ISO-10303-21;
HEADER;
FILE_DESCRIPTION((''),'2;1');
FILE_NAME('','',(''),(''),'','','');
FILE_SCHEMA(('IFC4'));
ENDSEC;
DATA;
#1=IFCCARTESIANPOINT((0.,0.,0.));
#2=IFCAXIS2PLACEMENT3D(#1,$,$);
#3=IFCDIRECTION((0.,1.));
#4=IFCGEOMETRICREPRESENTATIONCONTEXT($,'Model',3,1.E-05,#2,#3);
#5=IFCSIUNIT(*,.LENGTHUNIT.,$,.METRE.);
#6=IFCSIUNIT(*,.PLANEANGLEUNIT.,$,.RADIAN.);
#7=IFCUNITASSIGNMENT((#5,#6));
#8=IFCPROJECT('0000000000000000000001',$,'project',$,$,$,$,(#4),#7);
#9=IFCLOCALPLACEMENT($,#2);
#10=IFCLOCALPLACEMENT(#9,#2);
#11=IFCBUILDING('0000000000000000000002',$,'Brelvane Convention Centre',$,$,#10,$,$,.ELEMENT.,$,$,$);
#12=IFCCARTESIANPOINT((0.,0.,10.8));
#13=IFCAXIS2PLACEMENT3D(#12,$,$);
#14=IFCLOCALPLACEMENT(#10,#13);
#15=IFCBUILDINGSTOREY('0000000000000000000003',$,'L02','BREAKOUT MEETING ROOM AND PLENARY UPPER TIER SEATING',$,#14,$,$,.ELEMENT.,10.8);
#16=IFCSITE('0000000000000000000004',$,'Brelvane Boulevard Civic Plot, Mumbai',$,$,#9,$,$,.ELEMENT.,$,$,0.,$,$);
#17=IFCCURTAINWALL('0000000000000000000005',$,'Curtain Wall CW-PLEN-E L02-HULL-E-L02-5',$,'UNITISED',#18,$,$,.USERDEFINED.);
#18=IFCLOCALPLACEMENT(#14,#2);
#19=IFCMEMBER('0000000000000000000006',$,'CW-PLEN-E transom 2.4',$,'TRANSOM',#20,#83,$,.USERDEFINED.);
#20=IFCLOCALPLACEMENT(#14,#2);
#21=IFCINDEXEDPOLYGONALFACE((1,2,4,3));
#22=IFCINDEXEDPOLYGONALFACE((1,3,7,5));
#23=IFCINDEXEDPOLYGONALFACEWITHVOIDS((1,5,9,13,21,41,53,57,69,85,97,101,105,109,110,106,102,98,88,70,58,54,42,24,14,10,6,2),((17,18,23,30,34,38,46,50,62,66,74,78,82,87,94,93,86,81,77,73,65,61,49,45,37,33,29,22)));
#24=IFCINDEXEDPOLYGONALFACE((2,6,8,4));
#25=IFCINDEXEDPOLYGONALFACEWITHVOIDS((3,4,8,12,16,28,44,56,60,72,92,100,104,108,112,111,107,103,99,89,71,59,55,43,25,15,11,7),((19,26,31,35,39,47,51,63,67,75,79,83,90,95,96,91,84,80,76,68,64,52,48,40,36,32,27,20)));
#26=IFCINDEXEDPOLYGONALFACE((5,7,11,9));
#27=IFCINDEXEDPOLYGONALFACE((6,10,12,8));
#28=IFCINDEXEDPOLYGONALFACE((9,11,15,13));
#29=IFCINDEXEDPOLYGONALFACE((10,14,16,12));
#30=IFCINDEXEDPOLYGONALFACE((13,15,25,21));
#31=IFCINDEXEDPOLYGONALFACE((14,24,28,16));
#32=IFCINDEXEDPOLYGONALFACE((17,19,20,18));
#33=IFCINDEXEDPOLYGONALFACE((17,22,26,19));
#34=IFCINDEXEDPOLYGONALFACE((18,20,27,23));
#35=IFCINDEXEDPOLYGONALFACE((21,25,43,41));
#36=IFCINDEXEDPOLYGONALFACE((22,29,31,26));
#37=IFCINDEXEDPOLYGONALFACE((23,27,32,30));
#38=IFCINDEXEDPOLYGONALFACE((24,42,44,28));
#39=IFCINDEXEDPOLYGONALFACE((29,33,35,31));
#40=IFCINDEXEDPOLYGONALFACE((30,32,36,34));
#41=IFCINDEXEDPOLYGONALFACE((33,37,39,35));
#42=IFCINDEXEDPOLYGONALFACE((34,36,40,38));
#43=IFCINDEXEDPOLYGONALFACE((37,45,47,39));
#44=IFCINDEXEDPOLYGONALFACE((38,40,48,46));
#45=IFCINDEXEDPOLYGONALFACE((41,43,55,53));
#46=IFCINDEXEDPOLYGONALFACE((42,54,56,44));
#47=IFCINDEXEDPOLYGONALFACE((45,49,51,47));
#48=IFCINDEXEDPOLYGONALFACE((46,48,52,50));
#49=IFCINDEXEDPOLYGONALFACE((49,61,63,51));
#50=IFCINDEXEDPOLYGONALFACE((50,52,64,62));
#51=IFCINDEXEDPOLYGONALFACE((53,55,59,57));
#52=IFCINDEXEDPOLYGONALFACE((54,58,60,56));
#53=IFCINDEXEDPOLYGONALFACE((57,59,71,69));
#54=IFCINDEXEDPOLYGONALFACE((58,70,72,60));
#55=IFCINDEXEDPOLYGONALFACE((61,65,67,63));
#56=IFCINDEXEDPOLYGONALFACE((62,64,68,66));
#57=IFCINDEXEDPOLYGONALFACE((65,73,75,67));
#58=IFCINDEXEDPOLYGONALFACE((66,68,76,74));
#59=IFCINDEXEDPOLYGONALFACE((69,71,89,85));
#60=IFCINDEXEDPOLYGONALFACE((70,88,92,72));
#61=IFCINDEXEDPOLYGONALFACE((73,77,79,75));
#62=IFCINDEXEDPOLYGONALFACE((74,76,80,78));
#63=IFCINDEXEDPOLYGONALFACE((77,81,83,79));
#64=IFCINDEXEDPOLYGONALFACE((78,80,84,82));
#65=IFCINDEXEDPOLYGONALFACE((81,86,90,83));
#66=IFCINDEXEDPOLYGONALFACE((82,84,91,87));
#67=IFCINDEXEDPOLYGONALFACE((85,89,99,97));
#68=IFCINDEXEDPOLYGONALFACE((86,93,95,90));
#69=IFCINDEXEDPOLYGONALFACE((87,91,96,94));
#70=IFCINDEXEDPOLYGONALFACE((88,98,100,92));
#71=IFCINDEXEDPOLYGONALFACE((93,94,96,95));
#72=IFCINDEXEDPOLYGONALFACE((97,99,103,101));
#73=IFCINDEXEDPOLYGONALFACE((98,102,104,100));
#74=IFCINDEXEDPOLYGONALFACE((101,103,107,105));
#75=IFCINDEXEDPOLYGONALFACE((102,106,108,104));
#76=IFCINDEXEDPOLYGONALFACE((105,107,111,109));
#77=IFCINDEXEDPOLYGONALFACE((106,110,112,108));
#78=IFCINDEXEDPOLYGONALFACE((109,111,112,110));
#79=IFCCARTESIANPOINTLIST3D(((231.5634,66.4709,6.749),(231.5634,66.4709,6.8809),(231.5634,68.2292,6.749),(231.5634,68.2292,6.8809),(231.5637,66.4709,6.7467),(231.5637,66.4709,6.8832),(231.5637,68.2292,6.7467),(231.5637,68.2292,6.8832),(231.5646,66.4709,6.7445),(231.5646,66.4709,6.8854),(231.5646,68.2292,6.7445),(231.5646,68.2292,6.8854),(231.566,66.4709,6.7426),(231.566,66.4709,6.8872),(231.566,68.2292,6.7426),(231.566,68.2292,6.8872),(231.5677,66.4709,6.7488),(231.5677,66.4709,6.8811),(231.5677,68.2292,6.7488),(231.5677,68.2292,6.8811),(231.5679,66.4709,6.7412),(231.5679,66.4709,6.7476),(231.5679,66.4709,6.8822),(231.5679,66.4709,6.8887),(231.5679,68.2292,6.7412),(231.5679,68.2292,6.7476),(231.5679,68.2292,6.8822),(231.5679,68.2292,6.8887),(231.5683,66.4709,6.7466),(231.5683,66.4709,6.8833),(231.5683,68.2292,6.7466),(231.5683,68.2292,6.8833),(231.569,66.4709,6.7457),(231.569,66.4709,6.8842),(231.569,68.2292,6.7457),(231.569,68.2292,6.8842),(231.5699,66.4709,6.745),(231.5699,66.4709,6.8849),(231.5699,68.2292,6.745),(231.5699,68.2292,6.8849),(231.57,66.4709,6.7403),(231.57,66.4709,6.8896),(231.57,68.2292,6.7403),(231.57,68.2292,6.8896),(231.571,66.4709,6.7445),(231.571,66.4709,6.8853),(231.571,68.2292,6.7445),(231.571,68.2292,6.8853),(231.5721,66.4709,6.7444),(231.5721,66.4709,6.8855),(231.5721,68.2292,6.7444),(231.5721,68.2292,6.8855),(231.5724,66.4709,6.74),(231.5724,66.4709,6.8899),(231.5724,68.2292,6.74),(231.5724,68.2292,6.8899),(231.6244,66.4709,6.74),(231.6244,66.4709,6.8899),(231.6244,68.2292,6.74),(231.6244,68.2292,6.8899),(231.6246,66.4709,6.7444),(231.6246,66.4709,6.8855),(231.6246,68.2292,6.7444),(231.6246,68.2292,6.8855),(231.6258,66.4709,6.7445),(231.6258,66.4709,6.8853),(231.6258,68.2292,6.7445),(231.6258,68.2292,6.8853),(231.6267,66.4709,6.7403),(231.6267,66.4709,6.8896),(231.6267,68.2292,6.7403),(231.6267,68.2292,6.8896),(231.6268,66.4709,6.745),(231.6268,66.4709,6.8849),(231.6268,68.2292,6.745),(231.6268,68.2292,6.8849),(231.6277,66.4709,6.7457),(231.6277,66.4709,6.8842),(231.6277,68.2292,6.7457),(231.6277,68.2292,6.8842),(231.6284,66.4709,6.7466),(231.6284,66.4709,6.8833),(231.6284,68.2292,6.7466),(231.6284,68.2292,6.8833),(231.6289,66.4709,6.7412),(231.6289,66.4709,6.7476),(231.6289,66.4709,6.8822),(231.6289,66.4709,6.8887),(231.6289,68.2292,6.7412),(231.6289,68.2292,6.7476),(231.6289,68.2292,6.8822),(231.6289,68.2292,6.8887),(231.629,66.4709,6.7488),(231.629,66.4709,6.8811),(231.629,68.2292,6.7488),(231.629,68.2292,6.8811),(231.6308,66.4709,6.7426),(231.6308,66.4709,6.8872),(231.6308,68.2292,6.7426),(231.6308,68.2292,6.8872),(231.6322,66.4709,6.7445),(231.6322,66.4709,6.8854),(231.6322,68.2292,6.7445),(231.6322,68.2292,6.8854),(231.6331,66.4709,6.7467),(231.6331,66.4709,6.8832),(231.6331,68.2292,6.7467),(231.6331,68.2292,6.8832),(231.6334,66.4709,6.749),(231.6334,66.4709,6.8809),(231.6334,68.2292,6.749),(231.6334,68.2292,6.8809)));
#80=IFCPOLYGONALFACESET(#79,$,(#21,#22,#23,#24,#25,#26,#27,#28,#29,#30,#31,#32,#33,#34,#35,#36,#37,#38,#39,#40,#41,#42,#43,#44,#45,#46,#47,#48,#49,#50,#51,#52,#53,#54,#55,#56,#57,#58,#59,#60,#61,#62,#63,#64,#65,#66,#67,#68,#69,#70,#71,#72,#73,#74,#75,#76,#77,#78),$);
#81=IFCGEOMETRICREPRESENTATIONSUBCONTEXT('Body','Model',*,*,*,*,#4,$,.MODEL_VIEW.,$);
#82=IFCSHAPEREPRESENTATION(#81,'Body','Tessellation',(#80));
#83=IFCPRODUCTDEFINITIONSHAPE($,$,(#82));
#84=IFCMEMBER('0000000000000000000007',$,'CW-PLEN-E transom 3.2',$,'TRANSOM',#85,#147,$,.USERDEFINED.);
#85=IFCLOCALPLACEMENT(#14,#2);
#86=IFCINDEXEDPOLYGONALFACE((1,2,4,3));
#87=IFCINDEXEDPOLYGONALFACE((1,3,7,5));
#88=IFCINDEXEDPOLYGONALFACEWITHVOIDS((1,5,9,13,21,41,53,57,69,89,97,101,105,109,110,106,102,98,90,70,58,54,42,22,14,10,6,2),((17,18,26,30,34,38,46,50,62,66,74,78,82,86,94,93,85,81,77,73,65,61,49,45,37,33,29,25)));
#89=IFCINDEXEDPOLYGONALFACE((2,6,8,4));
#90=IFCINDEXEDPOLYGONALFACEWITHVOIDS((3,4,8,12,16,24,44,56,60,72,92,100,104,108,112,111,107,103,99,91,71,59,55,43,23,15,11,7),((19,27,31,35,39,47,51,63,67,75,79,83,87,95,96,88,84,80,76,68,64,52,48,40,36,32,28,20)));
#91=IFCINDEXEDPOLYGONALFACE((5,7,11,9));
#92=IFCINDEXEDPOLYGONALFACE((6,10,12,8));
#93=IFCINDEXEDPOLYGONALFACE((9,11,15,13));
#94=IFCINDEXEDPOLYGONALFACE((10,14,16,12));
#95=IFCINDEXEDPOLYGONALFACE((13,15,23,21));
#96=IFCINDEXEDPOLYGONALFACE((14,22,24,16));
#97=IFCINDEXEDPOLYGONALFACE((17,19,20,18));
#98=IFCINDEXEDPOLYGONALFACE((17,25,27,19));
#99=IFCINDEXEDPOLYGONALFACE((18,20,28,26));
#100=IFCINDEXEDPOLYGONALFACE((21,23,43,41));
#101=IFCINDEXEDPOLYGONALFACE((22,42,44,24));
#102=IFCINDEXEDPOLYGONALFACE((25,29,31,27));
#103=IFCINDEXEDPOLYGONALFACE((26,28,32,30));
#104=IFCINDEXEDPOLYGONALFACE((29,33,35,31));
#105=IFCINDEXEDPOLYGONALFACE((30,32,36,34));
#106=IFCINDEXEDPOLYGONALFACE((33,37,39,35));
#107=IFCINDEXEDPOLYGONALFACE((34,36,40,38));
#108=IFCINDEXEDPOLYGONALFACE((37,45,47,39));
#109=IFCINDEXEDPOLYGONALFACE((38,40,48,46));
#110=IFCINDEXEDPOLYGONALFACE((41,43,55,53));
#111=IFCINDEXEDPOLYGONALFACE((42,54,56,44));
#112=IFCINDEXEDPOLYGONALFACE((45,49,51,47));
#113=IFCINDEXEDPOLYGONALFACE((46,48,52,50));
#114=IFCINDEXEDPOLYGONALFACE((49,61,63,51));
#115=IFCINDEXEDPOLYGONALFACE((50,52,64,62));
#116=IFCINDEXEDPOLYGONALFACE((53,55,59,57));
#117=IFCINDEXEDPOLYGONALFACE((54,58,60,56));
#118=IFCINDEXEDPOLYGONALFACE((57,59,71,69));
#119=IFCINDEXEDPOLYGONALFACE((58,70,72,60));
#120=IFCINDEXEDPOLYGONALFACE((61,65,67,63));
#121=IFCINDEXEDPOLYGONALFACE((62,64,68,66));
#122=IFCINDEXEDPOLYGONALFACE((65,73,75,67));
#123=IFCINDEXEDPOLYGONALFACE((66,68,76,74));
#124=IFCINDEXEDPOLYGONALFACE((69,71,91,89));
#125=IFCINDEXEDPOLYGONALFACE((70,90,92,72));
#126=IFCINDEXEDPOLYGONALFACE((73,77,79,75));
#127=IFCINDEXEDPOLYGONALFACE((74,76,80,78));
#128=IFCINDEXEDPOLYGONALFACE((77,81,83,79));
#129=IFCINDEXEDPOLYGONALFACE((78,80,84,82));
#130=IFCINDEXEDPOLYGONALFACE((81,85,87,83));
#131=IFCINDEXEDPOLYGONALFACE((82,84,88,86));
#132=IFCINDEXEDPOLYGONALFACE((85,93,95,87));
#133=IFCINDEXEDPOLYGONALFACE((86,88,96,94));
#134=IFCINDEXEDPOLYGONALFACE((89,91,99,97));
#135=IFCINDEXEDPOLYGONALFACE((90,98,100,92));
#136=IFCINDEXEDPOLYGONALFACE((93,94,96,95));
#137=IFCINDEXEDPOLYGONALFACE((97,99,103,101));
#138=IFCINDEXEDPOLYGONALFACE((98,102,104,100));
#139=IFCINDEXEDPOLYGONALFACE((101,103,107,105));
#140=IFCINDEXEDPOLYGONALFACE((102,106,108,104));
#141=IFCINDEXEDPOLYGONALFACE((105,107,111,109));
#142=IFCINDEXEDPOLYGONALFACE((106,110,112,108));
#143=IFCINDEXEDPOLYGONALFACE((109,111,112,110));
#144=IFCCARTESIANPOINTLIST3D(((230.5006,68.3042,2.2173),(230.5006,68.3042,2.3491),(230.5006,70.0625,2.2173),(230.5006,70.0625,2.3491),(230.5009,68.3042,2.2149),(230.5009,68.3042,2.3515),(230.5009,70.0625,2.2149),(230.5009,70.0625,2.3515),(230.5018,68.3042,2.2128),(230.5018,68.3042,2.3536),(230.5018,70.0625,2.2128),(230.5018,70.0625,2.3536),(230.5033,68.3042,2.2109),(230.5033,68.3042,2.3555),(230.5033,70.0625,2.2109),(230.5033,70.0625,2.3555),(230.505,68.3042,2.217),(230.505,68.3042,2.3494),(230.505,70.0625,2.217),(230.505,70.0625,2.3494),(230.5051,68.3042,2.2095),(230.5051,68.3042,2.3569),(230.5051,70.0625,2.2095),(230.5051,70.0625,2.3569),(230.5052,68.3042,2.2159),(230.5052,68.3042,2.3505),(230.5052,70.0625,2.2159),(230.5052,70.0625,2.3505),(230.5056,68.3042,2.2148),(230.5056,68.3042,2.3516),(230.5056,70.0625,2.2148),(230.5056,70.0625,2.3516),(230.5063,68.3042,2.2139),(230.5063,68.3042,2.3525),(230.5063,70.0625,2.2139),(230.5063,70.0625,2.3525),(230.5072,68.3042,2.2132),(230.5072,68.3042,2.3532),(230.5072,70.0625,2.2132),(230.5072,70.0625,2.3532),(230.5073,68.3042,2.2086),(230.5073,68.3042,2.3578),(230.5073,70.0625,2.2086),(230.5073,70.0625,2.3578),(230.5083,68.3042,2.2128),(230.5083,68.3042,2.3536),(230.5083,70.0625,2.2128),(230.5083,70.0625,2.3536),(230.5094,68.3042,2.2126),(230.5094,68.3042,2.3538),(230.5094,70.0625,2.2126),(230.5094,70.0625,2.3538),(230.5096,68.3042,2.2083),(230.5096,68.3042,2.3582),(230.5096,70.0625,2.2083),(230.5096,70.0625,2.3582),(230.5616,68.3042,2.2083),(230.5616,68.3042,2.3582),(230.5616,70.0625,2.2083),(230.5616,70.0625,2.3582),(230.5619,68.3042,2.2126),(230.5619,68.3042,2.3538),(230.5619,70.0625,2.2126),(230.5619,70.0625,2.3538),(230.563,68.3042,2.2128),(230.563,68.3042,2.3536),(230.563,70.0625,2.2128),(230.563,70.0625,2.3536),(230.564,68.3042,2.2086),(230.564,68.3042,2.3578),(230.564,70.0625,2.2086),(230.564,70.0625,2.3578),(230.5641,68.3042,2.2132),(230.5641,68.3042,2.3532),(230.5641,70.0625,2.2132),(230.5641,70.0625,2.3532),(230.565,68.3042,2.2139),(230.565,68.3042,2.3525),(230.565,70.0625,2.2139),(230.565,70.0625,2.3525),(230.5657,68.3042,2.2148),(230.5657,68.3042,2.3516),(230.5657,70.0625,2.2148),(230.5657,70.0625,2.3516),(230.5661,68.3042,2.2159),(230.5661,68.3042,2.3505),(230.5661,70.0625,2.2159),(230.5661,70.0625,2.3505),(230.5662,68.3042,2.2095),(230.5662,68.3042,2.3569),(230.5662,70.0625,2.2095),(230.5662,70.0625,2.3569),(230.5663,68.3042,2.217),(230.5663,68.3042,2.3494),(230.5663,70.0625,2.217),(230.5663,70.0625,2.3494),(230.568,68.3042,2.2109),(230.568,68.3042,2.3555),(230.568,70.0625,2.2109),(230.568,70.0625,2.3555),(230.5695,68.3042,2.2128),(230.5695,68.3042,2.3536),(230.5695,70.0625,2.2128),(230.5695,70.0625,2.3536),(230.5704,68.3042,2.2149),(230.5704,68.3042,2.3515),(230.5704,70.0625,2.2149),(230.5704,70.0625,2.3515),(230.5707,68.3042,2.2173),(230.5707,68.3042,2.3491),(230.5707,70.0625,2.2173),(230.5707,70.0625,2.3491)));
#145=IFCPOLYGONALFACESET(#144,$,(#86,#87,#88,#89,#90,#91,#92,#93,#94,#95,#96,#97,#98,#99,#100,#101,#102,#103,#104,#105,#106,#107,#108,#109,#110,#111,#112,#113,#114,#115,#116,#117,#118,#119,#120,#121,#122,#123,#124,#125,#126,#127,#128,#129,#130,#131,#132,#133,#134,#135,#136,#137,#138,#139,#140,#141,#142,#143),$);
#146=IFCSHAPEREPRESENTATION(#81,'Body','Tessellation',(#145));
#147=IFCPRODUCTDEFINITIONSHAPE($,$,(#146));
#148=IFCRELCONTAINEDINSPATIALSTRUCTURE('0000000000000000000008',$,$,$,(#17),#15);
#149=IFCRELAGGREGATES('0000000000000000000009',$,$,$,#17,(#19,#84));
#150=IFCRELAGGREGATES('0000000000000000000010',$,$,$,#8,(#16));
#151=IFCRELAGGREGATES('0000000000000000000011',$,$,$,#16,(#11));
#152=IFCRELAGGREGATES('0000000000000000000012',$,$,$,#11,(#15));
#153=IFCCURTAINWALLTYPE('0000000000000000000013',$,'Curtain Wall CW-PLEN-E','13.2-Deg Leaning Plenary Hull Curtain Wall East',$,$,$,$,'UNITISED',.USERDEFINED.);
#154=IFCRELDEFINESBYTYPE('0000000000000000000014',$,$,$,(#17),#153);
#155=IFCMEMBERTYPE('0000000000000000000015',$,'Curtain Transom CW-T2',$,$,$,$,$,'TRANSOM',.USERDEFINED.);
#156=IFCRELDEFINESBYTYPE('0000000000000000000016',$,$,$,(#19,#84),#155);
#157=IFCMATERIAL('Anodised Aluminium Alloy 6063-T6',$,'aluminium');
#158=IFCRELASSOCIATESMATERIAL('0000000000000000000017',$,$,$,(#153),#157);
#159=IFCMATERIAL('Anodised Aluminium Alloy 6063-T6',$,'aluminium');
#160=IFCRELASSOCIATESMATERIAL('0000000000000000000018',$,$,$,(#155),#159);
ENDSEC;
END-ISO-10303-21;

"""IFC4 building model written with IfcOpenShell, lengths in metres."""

from ifc_helpers import new_model, si_unit, direction, frame, origin, origin_2d, place, context, subcontext, project, spatial, hollow_rectangle, extrude, material, material_profile, profile_set, type_object, element, aggregate, save


model = new_model("IFC4")

# Units and contexts
model_context = context("Model", 3, precision=1e-05, world=origin(), true_north=direction((0.0, 1.0)))
body_context = subcontext(model_context, "Body", "Model", "MODEL_VIEW")
ifc_project = project(units=[si_unit("LENGTHUNIT", "METRE"), si_unit("PLANEANGLEUNIT", "RADIAN")], contexts=[model_context])

# Site, building, storey
site_placement = place(None, origin())
site = spatial("IfcSite", under=ifc_project, at=site_placement, Name="Brelvane Boulevard Civic Plot, Mumbai", CompositionType="ELEMENT", RefElevation=0.0)
building_placement = place(site_placement, origin())
building = spatial("IfcBuilding", under=site, at=building_placement, Name="Brelvane Convention Centre", CompositionType="ELEMENT")
storey_placement = place(building_placement, frame((0.0, 0.0, 10.8)))
storey = spatial("IfcBuildingStorey", under=building, at=storey_placement, Name="L02", Description="BREAKOUT MEETING ROOM AND PLENARY UPPER TIER SEATING", CompositionType="ELEMENT", Elevation=10.8)

# Curtain wall, members
ifc_material_1 = material(Name="Anodised Aluminium Alloy 6063-T6", Category="aluminium")
curtain_wall_type = type_object("IfcCurtainWallType", Name="Curtain Wall CW-PLEN-E", Description="13.2-Deg Leaning Plenary Hull Curtain Wall East", ElementType="UNITISED", PredefinedType="USERDEFINED", material=ifc_material_1)
curtain_wall_1_placement = place(storey_placement, origin())
curtain_wall_1 = element("IfcCurtainWall", 1, at=curtain_wall_1_placement, inside=storey, type_object=curtain_wall_type, Name="Curtain Wall CW-PLEN-E L02-HULL-E-L02-5", ObjectType="UNITISED", PredefinedType="USERDEFINED")
ifc_material_2 = material(Name="Anodised Aluminium Alloy 6063-T6", Category="aluminium")
ifc_material_profile = material_profile(ifc_material_2, hollow_rectangle(XDim=0.0701, YDim=0.1499, WallThickness=0.0044, InnerFilletRadius=0.0044, OuterFilletRadius=0.009, at=origin_2d()), Name="ALU-T 150x70x4.5")
ifc_profile_set = profile_set([ifc_material_profile], Name="Anodised Aluminium Alloy 6063-T6")
member_type = type_object("IfcMemberType", Name="Curtain Transom CW-T2", ElementType="TRANSOM", PredefinedType="USERDEFINED", material=ifc_profile_set)
member_1_placement = place(storey_placement, frame((231.5984, 66.4709, 6.8149), z_axis=(0.0, 1.0, 0.0), x_axis=(-1.0, 0.0, 0.0)))
member_1 = element("IfcMember", 2, at=member_1_placement, type_object=member_type, Name="CW-PLEN-E transom 2.4", ObjectType="TRANSOM", PredefinedType="USERDEFINED", context=body_context, shape_type="SweptSolid", body=[
    extrude(hollow_rectangle(XDim=0.0701, YDim=0.1499, WallThickness=0.0044, InnerFilletRadius=0.0044, OuterFilletRadius=0.009, at=origin_2d()), origin(), (0.0, 0.0, 1.0), 1.7583),
])
member_2_placement = place(storey_placement, frame((230.5356, 68.3042, 2.2832), z_axis=(0.0, 1.0, 0.0), x_axis=(-1.0, 0.0, 0.0)))
member_2 = element("IfcMember", 3, at=member_2_placement, type_object=member_type, Name="CW-PLEN-E transom 3.2", ObjectType="TRANSOM", PredefinedType="USERDEFINED", context=body_context, shape_type="SweptSolid", body=[
    extrude(hollow_rectangle(XDim=0.0701, YDim=0.1499, WallThickness=0.0044, InnerFilletRadius=0.0044, OuterFilletRadius=0.009, at=origin_2d()), origin(), (0.0, 0.0, 1.0), 1.7583),
])

aggregate(curtain_wall_1, [member_1, member_2])

save(model, "model.ifc")
